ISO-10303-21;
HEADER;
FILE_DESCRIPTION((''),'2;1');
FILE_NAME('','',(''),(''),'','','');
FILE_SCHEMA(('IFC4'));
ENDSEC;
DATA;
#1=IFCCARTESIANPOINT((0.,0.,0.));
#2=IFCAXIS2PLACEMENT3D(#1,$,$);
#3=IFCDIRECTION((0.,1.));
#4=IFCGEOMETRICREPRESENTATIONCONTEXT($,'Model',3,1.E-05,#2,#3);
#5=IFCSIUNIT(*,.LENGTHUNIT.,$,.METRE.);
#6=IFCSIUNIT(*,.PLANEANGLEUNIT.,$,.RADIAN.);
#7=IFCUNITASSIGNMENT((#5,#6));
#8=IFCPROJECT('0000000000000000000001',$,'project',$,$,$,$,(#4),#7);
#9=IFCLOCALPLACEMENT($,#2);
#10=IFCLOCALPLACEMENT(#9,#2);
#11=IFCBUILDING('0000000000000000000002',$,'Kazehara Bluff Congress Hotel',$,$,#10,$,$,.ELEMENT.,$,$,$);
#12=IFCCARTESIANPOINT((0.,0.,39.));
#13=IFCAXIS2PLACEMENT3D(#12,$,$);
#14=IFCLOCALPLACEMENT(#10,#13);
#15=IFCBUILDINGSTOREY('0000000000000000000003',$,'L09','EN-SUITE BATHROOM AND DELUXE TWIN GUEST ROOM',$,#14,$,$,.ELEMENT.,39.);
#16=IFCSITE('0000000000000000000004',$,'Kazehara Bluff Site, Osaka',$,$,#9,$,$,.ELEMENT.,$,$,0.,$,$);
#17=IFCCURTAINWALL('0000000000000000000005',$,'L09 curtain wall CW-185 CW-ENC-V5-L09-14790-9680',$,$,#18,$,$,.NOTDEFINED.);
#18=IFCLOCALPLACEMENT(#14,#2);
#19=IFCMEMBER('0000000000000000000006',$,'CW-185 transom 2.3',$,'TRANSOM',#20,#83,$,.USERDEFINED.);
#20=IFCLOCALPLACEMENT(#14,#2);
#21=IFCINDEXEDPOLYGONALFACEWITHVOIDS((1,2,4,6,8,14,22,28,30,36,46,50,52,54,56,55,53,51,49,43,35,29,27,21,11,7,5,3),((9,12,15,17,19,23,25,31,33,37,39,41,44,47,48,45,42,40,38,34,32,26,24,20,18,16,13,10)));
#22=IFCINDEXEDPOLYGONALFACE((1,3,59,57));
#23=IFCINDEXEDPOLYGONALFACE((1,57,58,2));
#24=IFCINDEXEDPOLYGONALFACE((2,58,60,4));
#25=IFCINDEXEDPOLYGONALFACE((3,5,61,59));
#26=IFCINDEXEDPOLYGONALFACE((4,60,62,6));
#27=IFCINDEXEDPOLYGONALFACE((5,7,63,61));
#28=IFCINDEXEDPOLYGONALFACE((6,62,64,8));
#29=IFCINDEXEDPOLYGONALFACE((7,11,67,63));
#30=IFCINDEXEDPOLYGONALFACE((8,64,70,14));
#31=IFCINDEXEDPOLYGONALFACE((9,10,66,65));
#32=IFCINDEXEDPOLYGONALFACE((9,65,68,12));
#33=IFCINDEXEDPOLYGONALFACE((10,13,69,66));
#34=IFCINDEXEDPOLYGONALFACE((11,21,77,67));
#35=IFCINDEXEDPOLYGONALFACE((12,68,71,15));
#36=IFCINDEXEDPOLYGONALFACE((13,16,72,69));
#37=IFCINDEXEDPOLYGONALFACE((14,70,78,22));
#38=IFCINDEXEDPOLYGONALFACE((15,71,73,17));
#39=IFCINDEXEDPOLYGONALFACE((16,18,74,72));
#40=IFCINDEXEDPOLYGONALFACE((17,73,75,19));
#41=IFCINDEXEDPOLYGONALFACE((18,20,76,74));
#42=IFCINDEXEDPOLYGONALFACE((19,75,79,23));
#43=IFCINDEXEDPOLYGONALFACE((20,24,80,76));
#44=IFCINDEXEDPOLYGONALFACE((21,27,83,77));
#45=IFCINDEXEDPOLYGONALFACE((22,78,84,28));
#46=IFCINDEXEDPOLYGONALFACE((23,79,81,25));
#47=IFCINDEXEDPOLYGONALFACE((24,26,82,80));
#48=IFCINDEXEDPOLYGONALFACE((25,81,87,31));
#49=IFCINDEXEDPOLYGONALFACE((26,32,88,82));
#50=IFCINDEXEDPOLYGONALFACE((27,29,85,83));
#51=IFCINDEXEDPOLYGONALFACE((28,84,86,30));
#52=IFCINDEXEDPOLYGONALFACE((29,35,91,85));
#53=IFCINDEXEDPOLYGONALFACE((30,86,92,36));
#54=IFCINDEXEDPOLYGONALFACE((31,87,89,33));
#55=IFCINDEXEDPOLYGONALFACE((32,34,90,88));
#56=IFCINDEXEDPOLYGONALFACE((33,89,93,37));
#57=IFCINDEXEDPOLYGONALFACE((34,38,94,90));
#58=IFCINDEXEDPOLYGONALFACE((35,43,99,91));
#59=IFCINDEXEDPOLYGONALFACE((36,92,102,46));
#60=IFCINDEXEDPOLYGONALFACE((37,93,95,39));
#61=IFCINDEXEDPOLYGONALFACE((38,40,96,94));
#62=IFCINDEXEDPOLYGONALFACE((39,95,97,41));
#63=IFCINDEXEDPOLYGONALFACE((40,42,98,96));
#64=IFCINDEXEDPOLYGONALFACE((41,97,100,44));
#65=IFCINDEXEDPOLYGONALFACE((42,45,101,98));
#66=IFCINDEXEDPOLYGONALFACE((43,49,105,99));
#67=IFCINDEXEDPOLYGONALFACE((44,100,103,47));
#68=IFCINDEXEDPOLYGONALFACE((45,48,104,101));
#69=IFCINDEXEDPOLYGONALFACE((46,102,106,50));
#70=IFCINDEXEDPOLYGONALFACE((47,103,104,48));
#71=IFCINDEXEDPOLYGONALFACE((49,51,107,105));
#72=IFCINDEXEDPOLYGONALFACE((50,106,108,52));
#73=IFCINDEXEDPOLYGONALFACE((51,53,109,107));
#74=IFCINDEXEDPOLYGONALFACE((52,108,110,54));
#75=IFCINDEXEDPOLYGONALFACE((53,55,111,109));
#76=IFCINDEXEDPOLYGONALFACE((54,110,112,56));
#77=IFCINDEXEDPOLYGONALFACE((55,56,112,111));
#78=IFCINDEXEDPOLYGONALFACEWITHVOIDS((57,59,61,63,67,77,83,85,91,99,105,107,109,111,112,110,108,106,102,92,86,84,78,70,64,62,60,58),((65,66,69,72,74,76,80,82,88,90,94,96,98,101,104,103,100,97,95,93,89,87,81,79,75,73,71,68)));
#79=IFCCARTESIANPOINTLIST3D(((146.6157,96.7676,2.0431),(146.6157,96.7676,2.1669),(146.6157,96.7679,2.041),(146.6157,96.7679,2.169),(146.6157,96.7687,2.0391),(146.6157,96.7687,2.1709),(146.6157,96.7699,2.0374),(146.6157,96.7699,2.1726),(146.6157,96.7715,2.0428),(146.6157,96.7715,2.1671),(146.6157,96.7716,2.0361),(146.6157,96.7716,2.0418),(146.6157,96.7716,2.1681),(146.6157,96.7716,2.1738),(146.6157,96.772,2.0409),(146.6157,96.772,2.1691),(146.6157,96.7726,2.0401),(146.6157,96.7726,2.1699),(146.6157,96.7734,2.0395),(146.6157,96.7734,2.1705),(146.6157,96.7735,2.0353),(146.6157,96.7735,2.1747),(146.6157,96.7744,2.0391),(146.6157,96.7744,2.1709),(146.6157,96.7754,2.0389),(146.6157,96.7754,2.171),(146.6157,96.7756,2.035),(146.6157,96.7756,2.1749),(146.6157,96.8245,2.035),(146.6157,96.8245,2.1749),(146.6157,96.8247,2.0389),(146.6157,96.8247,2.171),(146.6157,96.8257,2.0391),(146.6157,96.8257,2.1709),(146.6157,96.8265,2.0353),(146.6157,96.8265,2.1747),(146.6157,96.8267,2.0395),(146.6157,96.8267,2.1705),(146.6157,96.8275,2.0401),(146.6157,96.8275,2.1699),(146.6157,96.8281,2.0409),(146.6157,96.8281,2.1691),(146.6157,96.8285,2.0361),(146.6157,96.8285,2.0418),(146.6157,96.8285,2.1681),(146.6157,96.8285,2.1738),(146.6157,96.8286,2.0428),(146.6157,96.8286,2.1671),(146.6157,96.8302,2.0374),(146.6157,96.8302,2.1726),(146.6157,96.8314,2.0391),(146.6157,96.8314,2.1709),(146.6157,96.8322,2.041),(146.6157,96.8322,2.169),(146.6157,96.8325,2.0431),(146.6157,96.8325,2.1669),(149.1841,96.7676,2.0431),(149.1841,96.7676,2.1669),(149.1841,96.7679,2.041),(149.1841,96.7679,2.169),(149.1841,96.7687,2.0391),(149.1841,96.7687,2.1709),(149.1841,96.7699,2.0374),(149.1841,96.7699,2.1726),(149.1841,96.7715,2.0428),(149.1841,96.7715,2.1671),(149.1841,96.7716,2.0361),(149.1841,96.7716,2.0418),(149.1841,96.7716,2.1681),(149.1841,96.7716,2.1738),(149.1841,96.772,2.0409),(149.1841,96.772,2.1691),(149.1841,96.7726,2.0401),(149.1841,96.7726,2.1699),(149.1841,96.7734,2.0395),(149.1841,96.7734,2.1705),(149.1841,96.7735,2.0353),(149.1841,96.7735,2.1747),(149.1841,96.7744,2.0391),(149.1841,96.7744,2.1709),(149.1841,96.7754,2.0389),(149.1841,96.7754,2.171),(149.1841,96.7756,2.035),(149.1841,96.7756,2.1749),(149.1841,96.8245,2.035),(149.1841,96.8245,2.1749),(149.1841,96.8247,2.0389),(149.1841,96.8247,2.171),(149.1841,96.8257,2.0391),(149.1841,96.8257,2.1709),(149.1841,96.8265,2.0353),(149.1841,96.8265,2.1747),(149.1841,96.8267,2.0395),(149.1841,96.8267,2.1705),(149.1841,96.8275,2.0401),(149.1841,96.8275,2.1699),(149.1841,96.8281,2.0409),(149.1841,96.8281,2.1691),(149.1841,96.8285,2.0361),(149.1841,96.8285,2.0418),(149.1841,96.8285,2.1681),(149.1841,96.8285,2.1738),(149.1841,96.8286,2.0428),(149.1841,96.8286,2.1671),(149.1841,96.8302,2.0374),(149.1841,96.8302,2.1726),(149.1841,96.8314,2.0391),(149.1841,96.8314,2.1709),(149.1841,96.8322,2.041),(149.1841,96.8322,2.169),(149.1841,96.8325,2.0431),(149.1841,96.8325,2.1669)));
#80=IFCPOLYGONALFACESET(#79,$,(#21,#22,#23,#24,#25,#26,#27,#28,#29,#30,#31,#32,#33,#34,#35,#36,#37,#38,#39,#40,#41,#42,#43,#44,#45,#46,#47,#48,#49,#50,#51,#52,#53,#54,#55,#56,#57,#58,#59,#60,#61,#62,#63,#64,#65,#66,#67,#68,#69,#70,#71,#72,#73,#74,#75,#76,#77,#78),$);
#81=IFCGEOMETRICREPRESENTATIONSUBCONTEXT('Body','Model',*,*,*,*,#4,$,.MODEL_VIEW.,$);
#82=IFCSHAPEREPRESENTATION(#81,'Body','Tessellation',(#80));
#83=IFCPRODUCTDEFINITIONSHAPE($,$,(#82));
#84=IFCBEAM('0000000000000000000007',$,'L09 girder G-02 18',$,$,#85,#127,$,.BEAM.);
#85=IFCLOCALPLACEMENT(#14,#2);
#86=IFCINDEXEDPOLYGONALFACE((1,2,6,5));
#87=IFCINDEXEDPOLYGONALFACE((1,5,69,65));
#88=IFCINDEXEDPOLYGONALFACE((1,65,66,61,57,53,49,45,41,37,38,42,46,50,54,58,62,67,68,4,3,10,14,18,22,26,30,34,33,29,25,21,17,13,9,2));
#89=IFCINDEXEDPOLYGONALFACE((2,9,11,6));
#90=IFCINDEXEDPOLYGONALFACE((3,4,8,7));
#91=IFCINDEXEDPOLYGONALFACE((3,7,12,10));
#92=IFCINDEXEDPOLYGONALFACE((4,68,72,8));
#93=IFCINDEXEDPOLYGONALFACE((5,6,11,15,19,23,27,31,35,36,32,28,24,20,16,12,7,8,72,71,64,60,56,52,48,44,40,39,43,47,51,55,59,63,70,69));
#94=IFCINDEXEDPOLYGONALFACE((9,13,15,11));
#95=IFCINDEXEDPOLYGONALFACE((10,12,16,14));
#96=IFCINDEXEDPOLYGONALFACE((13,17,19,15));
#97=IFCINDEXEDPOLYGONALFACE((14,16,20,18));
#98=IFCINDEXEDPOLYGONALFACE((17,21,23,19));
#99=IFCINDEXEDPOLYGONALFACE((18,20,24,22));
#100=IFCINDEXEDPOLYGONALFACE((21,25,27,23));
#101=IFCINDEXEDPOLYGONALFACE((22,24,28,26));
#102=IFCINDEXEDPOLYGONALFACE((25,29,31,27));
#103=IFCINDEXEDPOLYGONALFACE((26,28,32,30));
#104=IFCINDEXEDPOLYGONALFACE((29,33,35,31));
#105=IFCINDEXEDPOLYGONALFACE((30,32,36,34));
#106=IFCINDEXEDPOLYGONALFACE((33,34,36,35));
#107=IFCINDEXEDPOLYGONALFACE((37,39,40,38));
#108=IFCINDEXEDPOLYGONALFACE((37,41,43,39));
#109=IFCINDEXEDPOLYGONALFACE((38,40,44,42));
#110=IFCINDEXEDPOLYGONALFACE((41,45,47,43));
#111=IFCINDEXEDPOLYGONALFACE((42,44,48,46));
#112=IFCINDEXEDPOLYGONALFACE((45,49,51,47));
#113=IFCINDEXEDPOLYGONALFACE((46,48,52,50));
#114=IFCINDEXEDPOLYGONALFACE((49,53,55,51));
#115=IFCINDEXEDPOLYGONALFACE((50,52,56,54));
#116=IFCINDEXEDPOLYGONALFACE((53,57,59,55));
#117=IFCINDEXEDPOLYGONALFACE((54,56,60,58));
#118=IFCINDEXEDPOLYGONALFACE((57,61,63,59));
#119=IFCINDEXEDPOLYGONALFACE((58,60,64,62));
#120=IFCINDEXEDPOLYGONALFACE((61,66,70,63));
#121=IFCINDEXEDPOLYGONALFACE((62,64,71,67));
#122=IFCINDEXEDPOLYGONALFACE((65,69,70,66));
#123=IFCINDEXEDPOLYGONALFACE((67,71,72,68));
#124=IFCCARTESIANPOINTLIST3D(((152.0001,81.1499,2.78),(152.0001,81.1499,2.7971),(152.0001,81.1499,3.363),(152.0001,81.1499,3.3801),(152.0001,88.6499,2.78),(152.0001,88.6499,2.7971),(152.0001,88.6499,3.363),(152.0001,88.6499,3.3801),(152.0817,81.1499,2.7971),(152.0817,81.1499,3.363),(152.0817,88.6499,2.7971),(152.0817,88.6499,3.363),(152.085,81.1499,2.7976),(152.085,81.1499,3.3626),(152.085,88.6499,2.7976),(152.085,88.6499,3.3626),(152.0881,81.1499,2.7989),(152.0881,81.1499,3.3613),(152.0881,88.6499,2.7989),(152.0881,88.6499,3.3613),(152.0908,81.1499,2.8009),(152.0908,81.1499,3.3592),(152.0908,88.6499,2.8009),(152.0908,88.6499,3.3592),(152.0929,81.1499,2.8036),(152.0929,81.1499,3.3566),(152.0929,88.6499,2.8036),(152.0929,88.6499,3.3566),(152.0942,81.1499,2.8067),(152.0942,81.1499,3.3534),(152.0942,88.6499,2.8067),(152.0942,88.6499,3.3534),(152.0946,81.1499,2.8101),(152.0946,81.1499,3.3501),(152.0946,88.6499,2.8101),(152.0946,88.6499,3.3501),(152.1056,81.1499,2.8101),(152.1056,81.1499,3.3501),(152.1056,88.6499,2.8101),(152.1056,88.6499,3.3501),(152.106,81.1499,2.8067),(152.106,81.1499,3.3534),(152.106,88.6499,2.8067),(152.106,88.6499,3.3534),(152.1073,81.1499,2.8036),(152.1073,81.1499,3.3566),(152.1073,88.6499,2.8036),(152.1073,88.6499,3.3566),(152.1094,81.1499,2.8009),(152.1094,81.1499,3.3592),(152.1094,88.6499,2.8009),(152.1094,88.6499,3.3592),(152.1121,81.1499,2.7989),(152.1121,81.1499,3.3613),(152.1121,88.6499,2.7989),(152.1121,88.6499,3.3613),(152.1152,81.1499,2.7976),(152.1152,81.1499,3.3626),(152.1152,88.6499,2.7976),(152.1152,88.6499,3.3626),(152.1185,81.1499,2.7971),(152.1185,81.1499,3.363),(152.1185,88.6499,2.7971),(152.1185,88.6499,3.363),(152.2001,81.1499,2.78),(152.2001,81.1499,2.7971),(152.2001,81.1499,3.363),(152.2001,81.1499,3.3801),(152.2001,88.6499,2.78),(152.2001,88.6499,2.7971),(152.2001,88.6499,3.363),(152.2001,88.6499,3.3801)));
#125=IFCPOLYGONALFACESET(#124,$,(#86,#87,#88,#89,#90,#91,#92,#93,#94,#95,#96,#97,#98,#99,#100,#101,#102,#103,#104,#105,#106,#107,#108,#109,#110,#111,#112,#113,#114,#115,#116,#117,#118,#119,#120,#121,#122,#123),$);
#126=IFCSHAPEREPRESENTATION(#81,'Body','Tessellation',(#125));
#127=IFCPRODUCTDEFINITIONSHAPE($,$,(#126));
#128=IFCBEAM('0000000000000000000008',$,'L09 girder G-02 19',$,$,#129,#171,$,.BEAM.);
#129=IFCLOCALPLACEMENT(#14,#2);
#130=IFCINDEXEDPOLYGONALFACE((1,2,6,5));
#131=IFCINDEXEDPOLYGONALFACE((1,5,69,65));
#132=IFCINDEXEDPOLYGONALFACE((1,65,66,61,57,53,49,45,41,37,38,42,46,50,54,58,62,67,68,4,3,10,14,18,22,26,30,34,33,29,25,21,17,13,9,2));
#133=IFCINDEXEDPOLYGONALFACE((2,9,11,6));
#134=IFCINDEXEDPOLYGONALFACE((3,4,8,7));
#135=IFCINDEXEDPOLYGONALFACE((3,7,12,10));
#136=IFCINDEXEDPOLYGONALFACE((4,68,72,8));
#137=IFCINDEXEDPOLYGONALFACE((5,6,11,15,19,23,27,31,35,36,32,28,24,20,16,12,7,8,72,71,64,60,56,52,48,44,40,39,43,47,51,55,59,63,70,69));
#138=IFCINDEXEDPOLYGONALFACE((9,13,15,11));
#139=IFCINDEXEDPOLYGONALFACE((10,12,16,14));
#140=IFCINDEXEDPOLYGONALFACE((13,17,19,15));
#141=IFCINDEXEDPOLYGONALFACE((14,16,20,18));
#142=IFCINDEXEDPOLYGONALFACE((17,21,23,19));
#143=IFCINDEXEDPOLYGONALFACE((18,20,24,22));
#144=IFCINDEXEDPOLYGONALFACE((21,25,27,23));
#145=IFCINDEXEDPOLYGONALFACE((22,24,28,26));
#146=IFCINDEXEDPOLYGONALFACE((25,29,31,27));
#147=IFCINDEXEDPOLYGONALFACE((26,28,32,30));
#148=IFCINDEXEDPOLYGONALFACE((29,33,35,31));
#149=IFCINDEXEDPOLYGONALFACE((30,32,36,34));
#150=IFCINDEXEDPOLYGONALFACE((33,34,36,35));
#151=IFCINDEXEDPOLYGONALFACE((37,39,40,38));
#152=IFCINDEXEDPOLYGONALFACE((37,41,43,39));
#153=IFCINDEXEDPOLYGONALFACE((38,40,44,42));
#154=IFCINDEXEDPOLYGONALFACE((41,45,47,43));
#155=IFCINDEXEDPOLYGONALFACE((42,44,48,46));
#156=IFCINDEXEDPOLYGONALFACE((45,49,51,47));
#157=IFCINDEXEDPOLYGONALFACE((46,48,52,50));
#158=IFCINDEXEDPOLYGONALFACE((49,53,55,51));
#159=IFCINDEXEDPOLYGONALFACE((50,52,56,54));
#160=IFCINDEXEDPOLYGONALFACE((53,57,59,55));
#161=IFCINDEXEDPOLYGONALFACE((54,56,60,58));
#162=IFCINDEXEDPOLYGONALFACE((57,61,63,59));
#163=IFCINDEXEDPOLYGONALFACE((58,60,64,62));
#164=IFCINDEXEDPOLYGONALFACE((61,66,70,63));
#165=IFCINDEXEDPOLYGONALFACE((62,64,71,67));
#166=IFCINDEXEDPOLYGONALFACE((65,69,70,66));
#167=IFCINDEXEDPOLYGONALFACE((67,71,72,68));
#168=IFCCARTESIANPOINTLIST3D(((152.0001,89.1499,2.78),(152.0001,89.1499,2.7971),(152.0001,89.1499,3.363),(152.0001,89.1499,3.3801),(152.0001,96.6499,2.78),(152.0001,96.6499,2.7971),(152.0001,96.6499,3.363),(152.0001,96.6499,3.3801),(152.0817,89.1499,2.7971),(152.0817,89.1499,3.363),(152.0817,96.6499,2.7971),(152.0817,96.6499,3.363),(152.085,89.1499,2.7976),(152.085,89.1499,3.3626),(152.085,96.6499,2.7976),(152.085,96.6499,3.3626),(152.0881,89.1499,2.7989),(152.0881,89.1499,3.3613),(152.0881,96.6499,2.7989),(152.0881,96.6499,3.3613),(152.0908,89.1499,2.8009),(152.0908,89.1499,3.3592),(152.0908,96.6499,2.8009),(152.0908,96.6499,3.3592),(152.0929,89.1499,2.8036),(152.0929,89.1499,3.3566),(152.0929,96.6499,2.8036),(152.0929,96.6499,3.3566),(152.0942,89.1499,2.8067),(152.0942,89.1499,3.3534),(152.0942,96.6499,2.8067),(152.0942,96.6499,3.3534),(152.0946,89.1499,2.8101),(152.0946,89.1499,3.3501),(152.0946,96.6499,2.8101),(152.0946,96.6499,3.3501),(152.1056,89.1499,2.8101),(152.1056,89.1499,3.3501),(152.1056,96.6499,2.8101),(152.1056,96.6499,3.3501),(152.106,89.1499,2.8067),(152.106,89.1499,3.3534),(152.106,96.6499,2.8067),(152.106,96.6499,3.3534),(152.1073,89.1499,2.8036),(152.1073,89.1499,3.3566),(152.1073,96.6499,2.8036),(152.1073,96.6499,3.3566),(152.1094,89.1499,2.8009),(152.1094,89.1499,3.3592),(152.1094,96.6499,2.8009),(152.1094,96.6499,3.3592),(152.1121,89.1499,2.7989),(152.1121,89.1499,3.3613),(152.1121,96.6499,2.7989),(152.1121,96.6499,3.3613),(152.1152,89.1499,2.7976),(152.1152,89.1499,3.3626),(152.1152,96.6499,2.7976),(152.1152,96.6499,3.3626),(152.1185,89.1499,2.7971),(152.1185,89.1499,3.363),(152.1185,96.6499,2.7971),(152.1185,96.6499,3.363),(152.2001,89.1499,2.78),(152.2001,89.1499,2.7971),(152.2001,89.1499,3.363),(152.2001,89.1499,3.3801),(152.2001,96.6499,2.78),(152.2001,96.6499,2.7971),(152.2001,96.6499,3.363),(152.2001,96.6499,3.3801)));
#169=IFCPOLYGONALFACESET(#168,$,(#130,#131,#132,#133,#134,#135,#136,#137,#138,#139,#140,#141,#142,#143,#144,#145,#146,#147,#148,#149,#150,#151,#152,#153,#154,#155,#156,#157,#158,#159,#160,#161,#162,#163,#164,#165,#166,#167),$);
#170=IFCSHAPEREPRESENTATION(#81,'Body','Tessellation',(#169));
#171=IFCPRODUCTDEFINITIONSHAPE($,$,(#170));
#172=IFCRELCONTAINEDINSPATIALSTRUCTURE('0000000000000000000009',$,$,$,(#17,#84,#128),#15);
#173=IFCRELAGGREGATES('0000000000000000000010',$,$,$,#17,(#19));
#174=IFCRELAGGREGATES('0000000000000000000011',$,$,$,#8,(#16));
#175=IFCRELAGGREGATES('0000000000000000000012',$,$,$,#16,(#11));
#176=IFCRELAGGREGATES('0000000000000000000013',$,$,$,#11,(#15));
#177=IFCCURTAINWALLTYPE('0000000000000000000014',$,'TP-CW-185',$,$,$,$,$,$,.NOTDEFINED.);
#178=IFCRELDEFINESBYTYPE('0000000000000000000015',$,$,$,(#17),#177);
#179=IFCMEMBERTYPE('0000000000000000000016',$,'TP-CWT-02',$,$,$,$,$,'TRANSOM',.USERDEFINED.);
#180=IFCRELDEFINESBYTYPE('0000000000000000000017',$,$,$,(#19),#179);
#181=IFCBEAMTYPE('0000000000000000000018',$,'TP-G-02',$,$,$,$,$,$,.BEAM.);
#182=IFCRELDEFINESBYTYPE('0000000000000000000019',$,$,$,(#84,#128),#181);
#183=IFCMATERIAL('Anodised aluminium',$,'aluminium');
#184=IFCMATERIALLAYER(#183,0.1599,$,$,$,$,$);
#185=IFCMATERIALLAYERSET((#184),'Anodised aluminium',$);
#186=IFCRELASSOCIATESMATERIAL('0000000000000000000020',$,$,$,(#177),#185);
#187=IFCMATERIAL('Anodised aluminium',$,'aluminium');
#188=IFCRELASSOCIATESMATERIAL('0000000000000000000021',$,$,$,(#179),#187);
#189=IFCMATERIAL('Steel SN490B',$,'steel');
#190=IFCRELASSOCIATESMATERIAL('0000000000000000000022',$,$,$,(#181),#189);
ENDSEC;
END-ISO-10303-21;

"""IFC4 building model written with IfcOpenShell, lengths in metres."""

from ifc_helpers import new_model, si_unit, direction, frame, origin, origin_2d, place, context, subcontext, project, spatial, hollow_rectangle, i_section, extrude, material, layer, layer_set, material_profile, profile_set, type_object, element, aggregate, save


model = new_model("IFC4")

# Units and contexts
model_context = context("Model", 3, precision=1e-05, world=origin(), true_north=direction((0.0, 1.0)))
body_context = subcontext(model_context, "Body", "Model", "MODEL_VIEW")
ifc_project = project(units=[si_unit("LENGTHUNIT", "METRE"), si_unit("PLANEANGLEUNIT", "RADIAN")], contexts=[model_context])

# Site, building, storey
site_placement = place(None, origin())
site = spatial("IfcSite", under=ifc_project, at=site_placement, Name="Kazehara Bluff Site, Osaka", CompositionType="ELEMENT", RefElevation=0.0)
building_placement = place(site_placement, origin())
building = spatial("IfcBuilding", under=site, at=building_placement, Name="Kazehara Bluff Congress Hotel", CompositionType="ELEMENT")
storey_placement = place(building_placement, frame((0.0, 0.0, 39.0)))
storey = spatial("IfcBuildingStorey", under=building, at=storey_placement, Name="L09", Description="EN-SUITE BATHROOM AND DELUXE TWIN GUEST ROOM", CompositionType="ELEMENT", Elevation=39.0)

# Curtain wall, member
ifc_material_1 = material(Name="Anodised aluminium", Category="aluminium")
ifc_layer_1 = layer(ifc_material_1, 0.1599)
ifc_layer_set_1 = layer_set([ifc_layer_1], Name="Anodised aluminium")
curtain_wall_type = type_object("IfcCurtainWallType", Name="TP-CW-185", PredefinedType="NOTDEFINED", material=ifc_layer_set_1)
curtain_wall_placement = place(storey_placement, origin())
curtain_wall = element("IfcCurtainWall", 1, at=curtain_wall_placement, inside=storey, type_object=curtain_wall_type, Name="L09 curtain wall CW-185 CW-ENC-V5-L09-14790-9680", PredefinedType="NOTDEFINED")
ifc_material_2 = material(Name="Anodised aluminium", Category="aluminium")
ifc_material_profile_1 = material_profile(ifc_material_2, hollow_rectangle(XDim=0.0649, YDim=0.1399, WallThickness=0.0039, InnerFilletRadius=0.0039, OuterFilletRadius=0.0081, at=origin_2d()))
ifc_profile_set_1 = profile_set([ifc_material_profile_1], Name="Anodised aluminium")
member_type_1 = type_object("IfcMemberType", Name="TP-CWT-02", ElementType="TRANSOM", PredefinedType="USERDEFINED", material=ifc_profile_set_1)
member_1_placement = place(storey_placement, frame((146.6157, 96.8, 2.105), z_axis=(1.0, 0.0, 0.0), x_axis=(0.0, 1.0, 0.0)))
member_1 = element("IfcMember", 2, at=member_1_placement, type_object=member_type_1, Name="CW-185 transom 2.3", ObjectType="TRANSOM", PredefinedType="USERDEFINED", context=body_context, shape_type="SweptSolid", body=[
    extrude(hollow_rectangle(XDim=0.0649, YDim=0.1399, WallThickness=0.0039, InnerFilletRadius=0.0039, OuterFilletRadius=0.0081, at=origin_2d()), origin(), (0.0, 0.0, 1.0), 2.5684),
])

# Beams
ifc_material_3 = material(Name="Steel SN490B", Category="steel")
ifc_material_profile_2 = material_profile(ifc_material_3, i_section(OverallWidth=0.2, OverallDepth=0.6001, WebThickness=0.011, FlangeThickness=0.0171, FilletRadius=0.0129, at=origin_2d()))
ifc_profile_set_2 = profile_set([ifc_material_profile_2], Name="Steel SN490B")
beam_type_1 = type_object("IfcBeamType", Name="TP-G-02", PredefinedType="BEAM", material=ifc_profile_set_2)
for number, where, z_axis, x_axis, name in (
    (3, (152.1001, 81.1499, 3.0801), (0.0, 1.0, 0.0), (-1.0, 0.0, 0.0), "L09 girder G-02 18"),
    (4, (152.1001, 89.1499, 3.0801), (0.0, 1.0, 0.0), (-1.0, 0.0, 0.0), "L09 girder G-02 19"),
):
    element("IfcBeam", number, at=place(storey_placement, frame(where, z_axis=z_axis, x_axis=x_axis)), inside=storey, type_object=beam_type_1, Name=name, PredefinedType="BEAM", context=body_context, shape_type="SweptSolid", body=[
        extrude(i_section(OverallWidth=0.2, OverallDepth=0.6001, WebThickness=0.011, FlangeThickness=0.0171, FilletRadius=0.0129, at=origin_2d()), origin(), (0.0, 0.0, 1.0), 7.5),
    ])

aggregate(curtain_wall, [member_1])

save(model, "model.ifc")
